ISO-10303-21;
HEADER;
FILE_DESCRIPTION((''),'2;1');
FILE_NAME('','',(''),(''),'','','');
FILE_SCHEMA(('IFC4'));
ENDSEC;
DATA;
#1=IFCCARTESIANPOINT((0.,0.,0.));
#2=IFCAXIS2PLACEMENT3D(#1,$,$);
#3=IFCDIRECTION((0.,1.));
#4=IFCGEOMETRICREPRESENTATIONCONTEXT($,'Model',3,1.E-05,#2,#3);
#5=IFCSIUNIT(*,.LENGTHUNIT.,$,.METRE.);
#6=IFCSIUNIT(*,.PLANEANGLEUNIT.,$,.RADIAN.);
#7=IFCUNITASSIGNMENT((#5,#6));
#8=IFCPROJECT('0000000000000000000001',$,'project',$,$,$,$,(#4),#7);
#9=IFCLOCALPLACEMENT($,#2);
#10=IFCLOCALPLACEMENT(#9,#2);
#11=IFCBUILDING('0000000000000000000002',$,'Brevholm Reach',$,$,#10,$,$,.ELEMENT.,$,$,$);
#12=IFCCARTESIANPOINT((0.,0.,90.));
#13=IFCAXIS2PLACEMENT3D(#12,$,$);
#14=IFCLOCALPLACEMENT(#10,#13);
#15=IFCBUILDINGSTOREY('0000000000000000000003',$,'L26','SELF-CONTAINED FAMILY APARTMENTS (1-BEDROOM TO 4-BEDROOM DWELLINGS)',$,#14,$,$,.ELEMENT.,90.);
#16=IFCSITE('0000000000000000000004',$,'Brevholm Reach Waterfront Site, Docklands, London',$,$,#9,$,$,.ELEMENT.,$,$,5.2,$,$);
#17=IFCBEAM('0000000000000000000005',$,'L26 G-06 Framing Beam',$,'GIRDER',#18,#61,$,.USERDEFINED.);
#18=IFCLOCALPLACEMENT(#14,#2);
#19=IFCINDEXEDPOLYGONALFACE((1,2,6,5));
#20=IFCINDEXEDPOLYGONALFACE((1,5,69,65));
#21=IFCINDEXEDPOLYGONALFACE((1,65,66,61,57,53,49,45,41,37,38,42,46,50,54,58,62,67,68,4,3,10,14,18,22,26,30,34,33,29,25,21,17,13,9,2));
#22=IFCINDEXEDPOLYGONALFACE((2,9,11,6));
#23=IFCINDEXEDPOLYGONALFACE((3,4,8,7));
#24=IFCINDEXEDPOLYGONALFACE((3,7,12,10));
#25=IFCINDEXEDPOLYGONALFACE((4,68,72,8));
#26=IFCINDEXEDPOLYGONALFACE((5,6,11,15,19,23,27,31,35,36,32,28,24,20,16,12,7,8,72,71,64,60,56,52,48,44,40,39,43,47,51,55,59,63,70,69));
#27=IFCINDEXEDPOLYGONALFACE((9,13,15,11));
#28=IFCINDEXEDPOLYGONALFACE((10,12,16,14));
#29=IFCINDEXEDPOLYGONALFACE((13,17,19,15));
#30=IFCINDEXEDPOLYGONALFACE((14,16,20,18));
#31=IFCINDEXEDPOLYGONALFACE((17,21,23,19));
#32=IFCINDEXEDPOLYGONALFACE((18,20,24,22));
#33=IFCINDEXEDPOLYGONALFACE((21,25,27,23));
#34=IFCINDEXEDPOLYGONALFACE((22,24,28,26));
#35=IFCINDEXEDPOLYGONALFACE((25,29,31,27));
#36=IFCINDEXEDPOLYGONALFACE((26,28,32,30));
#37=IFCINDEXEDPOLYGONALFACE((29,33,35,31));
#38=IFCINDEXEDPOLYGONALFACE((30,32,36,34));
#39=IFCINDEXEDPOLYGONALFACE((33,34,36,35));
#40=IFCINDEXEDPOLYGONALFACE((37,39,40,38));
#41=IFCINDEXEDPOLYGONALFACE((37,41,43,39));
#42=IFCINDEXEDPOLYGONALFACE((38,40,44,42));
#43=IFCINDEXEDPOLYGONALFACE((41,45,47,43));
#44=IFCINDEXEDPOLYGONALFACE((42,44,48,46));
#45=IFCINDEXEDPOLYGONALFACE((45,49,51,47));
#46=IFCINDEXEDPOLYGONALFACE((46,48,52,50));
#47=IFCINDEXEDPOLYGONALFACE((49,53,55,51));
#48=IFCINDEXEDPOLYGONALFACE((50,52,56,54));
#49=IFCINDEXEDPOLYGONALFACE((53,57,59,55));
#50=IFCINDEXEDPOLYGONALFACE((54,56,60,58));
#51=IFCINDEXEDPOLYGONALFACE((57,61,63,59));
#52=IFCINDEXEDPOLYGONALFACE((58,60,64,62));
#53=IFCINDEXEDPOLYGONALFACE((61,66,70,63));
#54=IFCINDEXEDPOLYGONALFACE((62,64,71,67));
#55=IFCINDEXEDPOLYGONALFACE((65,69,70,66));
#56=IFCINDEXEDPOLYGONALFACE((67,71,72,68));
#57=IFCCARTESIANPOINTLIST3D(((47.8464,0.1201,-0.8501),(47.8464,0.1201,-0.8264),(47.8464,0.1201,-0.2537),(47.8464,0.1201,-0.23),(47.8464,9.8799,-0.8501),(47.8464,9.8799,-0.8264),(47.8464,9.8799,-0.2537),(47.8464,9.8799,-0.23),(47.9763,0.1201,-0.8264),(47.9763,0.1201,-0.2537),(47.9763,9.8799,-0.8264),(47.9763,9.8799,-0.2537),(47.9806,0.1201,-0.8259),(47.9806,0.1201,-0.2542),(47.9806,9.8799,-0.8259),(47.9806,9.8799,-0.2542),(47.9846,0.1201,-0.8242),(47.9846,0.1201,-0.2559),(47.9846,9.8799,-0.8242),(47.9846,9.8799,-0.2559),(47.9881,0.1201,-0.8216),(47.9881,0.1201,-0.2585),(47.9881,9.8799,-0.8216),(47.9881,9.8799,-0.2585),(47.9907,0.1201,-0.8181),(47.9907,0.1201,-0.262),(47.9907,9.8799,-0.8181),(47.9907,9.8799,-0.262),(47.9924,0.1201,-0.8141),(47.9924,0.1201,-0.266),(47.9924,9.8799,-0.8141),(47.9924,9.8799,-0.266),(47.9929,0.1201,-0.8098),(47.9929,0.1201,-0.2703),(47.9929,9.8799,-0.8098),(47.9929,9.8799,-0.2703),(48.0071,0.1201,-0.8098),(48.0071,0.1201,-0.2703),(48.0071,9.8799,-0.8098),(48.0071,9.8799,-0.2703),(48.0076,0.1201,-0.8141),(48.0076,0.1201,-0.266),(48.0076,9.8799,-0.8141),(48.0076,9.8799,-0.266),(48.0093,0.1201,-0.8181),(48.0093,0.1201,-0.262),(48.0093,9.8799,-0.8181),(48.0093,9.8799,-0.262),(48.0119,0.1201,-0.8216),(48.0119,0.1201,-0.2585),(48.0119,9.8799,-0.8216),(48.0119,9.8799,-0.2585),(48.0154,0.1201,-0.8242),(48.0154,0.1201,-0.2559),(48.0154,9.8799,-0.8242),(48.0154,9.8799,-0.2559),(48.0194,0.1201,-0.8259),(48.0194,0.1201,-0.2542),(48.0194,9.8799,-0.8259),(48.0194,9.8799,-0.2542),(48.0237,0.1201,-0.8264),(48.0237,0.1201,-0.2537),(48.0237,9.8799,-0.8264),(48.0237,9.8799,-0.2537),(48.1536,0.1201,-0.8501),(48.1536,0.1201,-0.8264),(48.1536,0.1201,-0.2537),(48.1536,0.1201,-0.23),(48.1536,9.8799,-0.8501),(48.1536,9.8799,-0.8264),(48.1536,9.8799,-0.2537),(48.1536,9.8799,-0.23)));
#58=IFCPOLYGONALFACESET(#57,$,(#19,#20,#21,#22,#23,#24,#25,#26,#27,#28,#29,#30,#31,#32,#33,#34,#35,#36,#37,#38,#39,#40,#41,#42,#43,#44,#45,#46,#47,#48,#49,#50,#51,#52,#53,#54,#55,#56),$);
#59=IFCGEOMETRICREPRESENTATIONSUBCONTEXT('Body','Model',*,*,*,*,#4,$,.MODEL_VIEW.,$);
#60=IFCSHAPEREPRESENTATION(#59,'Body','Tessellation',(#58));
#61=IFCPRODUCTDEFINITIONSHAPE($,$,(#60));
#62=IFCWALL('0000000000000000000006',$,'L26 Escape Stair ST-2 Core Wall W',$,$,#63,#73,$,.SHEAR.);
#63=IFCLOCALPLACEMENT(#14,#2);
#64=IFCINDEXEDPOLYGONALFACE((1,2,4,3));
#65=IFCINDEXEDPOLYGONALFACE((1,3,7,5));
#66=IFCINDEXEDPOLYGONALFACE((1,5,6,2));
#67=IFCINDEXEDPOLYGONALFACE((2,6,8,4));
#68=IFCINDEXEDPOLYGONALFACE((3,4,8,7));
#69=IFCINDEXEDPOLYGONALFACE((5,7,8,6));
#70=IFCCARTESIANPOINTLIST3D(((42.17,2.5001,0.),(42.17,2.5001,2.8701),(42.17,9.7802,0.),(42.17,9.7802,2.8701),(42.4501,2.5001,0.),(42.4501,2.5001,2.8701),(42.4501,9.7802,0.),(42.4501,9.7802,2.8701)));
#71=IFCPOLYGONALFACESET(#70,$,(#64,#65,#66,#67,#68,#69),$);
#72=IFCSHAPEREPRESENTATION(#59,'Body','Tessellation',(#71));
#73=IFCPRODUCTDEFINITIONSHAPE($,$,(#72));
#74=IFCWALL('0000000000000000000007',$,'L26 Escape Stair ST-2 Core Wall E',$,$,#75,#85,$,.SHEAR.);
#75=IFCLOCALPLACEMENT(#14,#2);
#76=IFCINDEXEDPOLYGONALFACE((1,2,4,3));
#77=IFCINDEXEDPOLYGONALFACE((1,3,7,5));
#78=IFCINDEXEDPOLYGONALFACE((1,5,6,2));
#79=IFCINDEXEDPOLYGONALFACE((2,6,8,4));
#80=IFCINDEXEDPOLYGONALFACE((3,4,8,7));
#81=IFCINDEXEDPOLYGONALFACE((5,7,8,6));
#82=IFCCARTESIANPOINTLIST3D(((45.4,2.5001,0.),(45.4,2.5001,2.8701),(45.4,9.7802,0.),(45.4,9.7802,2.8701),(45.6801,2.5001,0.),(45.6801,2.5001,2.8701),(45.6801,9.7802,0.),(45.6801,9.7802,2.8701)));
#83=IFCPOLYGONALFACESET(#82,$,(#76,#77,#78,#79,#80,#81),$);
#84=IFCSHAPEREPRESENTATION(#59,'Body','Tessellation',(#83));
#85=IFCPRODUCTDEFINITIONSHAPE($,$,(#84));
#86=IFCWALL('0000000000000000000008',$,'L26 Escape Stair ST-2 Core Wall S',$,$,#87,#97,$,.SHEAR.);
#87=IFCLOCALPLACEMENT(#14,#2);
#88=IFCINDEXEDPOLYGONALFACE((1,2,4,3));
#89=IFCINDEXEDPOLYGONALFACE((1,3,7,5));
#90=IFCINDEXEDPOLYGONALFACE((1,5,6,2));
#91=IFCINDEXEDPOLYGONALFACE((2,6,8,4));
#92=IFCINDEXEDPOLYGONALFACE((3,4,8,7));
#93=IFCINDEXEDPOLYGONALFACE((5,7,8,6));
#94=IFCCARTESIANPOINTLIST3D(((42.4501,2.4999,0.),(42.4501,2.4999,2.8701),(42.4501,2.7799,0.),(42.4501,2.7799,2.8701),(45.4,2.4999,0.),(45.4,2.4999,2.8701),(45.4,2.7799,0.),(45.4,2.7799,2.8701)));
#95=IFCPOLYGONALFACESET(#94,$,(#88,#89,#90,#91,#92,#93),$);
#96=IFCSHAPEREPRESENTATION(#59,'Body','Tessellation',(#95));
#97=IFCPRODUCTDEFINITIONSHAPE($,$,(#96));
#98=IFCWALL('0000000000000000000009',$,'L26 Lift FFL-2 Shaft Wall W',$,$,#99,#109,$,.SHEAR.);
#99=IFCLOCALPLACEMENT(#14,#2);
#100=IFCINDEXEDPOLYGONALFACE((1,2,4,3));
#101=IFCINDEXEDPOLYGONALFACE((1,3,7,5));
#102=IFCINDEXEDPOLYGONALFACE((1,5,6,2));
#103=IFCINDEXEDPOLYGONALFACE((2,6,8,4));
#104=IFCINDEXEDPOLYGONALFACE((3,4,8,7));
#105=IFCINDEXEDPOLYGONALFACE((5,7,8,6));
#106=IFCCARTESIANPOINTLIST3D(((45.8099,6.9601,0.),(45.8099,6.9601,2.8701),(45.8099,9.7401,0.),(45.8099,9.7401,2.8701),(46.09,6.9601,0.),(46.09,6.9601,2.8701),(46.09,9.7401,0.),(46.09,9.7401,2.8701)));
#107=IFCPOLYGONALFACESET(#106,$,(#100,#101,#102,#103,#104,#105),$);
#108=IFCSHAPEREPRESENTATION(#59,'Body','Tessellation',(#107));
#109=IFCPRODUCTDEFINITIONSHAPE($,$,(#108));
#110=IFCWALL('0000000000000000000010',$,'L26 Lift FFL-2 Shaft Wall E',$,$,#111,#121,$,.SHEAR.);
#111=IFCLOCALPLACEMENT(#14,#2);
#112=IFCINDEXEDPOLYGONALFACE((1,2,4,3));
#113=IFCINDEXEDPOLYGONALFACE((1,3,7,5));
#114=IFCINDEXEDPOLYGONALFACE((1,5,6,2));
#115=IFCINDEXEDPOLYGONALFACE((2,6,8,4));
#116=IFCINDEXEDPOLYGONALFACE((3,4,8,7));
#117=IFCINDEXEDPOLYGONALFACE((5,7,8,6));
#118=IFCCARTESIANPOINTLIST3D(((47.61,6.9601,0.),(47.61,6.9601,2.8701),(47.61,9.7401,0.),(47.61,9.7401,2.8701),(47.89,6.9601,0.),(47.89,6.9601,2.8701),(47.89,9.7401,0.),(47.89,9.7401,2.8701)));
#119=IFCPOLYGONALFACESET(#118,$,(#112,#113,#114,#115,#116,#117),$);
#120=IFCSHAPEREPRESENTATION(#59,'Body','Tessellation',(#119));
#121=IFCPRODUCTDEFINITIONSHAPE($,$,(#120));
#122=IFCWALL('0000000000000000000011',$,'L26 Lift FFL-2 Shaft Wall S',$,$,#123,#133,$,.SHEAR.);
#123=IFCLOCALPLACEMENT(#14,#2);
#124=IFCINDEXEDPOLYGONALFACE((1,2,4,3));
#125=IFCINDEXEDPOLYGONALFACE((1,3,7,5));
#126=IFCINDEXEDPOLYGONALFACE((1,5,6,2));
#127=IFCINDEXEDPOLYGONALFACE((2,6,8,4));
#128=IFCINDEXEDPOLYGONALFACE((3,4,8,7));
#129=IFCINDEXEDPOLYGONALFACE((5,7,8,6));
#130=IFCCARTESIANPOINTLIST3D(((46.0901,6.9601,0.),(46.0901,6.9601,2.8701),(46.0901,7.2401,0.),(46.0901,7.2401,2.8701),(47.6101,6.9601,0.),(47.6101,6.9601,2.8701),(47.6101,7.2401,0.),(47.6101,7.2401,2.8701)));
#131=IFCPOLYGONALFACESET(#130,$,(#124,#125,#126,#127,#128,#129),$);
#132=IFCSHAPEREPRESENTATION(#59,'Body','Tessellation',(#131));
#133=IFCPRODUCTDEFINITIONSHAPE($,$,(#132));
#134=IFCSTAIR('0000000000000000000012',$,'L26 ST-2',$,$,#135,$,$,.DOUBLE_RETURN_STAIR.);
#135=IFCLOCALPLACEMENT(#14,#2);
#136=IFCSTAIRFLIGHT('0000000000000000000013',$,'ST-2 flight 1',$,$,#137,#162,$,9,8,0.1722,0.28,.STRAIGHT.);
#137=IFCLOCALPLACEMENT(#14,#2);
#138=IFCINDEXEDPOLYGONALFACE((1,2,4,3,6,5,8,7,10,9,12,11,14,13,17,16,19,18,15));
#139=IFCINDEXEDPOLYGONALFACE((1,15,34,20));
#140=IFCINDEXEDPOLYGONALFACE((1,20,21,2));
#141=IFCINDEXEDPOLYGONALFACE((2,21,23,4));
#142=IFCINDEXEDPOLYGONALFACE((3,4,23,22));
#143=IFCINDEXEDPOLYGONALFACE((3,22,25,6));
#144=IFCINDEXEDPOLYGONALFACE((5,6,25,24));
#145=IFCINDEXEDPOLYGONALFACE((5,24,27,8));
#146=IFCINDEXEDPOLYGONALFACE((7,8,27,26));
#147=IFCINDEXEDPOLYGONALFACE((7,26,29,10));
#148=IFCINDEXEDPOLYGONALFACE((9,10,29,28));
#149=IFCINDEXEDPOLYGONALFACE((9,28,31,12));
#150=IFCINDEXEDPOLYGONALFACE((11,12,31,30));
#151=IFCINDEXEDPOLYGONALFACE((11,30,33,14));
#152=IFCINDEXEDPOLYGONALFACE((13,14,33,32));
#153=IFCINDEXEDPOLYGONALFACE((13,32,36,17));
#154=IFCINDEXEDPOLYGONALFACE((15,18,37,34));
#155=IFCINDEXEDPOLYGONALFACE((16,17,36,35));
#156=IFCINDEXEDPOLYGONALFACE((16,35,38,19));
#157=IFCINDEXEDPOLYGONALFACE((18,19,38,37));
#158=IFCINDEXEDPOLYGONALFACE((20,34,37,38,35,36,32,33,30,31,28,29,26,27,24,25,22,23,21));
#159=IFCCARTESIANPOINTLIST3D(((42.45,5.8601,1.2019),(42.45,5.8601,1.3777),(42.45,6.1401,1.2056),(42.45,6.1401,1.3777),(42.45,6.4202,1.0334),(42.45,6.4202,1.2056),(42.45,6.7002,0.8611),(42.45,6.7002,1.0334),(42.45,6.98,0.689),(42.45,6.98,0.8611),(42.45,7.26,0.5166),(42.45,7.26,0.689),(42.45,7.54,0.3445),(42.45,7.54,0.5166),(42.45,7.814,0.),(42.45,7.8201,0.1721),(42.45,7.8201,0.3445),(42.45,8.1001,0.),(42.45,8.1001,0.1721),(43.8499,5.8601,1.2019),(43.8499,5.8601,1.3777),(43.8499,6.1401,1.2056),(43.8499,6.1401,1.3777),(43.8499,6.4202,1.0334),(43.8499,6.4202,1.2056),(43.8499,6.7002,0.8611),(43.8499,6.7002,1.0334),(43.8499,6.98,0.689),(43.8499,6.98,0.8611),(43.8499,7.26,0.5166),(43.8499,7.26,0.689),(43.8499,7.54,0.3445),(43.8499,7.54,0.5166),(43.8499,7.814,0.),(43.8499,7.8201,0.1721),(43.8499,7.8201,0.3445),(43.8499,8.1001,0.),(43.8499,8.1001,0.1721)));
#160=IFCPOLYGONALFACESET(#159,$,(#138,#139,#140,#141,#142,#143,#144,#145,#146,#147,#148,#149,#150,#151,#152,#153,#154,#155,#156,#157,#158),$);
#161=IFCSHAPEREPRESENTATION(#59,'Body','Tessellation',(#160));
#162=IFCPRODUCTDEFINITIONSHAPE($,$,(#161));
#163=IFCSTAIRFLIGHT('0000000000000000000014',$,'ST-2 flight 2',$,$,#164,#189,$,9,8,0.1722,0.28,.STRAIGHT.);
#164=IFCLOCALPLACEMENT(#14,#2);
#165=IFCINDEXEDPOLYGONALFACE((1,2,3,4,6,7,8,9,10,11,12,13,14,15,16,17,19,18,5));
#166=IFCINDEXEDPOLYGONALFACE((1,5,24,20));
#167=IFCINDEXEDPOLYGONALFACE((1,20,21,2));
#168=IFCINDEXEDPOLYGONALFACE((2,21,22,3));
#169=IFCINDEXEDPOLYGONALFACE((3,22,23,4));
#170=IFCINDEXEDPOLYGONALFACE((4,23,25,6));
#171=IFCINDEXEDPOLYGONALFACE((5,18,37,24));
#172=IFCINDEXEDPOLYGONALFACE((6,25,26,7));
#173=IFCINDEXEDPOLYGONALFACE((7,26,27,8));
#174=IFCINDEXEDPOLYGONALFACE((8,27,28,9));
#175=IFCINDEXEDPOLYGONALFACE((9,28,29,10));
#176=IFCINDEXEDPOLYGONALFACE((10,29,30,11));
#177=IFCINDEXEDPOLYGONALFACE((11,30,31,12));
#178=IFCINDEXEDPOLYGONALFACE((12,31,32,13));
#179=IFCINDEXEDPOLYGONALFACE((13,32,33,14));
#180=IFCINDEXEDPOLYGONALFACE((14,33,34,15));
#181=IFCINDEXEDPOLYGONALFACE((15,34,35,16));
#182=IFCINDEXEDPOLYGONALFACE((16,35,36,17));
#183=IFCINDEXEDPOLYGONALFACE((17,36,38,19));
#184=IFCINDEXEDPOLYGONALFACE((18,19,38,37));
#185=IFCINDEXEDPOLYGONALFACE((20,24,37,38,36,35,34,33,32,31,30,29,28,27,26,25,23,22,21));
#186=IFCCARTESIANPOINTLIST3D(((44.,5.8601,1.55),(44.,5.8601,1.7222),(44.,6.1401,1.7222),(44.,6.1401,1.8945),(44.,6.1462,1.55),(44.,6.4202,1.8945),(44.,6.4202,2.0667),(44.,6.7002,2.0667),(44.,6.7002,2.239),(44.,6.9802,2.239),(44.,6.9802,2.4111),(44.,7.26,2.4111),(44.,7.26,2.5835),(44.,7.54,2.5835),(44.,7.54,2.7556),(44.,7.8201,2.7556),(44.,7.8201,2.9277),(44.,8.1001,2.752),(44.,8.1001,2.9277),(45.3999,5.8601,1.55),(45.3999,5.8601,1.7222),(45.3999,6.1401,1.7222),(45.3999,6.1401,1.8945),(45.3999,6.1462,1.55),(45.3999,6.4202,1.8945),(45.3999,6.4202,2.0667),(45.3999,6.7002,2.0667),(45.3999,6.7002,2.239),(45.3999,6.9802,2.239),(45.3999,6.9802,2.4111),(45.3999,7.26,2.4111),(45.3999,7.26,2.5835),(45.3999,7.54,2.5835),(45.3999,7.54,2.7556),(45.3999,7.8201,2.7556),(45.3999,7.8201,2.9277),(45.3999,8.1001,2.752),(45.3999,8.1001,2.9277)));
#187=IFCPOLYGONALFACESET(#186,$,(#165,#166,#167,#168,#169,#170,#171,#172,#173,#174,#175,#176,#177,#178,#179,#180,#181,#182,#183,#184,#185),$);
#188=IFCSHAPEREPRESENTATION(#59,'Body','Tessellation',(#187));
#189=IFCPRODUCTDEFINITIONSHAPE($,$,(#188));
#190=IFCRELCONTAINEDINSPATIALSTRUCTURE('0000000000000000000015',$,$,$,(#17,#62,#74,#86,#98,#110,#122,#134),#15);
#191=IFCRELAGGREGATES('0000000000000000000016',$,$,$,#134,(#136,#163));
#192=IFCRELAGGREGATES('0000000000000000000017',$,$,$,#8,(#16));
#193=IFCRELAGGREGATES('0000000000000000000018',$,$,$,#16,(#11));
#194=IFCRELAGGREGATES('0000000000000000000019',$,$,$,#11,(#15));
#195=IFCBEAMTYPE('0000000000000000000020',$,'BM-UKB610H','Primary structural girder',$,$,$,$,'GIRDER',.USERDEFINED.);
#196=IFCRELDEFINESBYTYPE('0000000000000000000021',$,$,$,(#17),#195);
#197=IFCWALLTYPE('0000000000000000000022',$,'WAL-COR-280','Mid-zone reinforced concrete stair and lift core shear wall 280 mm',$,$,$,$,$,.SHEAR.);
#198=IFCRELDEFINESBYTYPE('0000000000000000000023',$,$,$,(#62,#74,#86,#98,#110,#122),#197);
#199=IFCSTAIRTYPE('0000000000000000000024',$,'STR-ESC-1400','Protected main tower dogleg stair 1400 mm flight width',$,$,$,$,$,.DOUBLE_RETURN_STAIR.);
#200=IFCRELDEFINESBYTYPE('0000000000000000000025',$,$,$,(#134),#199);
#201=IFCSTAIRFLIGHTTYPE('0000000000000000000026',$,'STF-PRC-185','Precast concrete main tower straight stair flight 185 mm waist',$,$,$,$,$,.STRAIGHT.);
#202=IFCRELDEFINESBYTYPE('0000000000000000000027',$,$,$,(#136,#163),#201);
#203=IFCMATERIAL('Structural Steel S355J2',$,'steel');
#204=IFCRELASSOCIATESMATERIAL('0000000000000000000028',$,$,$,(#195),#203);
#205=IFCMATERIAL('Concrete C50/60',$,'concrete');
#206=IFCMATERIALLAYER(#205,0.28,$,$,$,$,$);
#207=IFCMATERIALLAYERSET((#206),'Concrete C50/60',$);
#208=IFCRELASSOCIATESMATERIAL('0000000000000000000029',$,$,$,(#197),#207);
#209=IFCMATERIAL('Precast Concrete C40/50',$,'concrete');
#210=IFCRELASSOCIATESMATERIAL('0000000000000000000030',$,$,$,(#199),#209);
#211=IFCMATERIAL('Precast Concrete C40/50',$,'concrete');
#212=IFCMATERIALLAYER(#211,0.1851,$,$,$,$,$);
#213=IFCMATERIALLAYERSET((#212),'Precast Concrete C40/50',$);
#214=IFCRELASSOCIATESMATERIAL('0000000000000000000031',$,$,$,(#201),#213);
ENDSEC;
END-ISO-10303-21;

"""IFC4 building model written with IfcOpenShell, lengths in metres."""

from ifc_helpers import new_model, si_unit, direction, frame, frame_2d, origin, origin_2d, place, context, subcontext, project, spatial, polyline, rectangle, i_section, outline, extrude, material, layer, layer_set, material_profile, profile_set, type_object, element, aggregate, save


model = new_model("IFC4")

# Units and contexts
model_context = context("Model", 3, precision=1e-05, world=origin(), true_north=direction((0.0, 1.0)))
body_context = subcontext(model_context, "Body", "Model", "MODEL_VIEW")
ifc_project = project(units=[si_unit("LENGTHUNIT", "METRE"), si_unit("PLANEANGLEUNIT", "RADIAN")], contexts=[model_context])

# Site, building, storey
site_placement = place(None, origin())
site = spatial("IfcSite", under=ifc_project, at=site_placement, Name="Brevholm Reach Waterfront Site, Docklands, London", CompositionType="ELEMENT", RefElevation=5.2)
building_placement = place(site_placement, origin())
building = spatial("IfcBuilding", under=site, at=building_placement, Name="Brevholm Reach", CompositionType="ELEMENT")
storey_placement = place(building_placement, frame((0.0, 0.0, 90.0)))
storey = spatial("IfcBuildingStorey", under=building, at=storey_placement, Name="L26", Description="SELF-CONTAINED FAMILY APARTMENTS (1-BEDROOM TO 4-BEDROOM DWELLINGS)", CompositionType="ELEMENT", Elevation=90.0)

# Beam
ifc_material_1 = material(Name="Structural Steel S355J2", Category="steel")
ifc_material_profile_1 = material_profile(ifc_material_1, i_section(OverallWidth=0.3071, OverallDepth=0.6201, WebThickness=0.0142, FlangeThickness=0.0237, FilletRadius=0.0166, at=origin_2d()), Name="UKB 610x305x179")
ifc_profile_set_1 = profile_set([ifc_material_profile_1], Name="Structural Steel S355J2")
beam_type_1 = type_object("IfcBeamType", Name="BM-UKB610H", Description="Primary structural girder", ElementType="GIRDER", PredefinedType="USERDEFINED", material=ifc_profile_set_1)
for number, where, z_axis, x_axis, name in (
    (1, (48.0, 0.1201, -0.54), (0.0, 1.0, 0.0), (-1.0, 0.0, 0.0), "L26 G-06 Framing Beam"),
):
    element("IfcBeam", number, at=place(storey_placement, frame(where, z_axis=z_axis, x_axis=x_axis)), inside=storey, type_object=beam_type_1, Name=name, ObjectType="GIRDER", PredefinedType="USERDEFINED", context=body_context, shape_type="SweptSolid", body=[
        extrude(i_section(OverallWidth=0.3071, OverallDepth=0.6201, WebThickness=0.0142, FlangeThickness=0.0237, FilletRadius=0.0166, at=origin_2d()), origin(), (0.0, 0.0, 1.0), 9.7598),
    ])

# Walls
ifc_material_2 = material(Name="Concrete C50/60", Category="concrete")
ifc_layer_1 = layer(ifc_material_2, 0.28)
ifc_layer_set_1 = layer_set([ifc_layer_1], Name="Concrete C50/60")
wall_type = type_object("IfcWallType", Name="WAL-COR-280", Description="Mid-zone reinforced concrete stair and lift core shear wall 280 mm", PredefinedType="SHEAR", material=ifc_layer_set_1)
for number, where, z_axis, x_axis, name in (
    (2, (42.3101, 2.5, 0.0), (0.0, 0.0, 1.0), (0.0, 1.0, 0.0), "L26 Escape Stair ST-2 Core Wall W"),
    (3, (45.54, 2.5, 0.0), (0.0, 0.0, 1.0), (0.0, 1.0, 0.0), "L26 Escape Stair ST-2 Core Wall E"),
):
    element("IfcWall", number, at=place(storey_placement, frame(where, z_axis=z_axis, x_axis=x_axis)), inside=storey, type_object=wall_type, Name=name, PredefinedType="SHEAR", context=body_context, shape_type="SweptSolid", body=[
        extrude(rectangle(XDim=7.28, YDim=0.28, at=frame_2d((3.6401, 0.0))), origin(), (0.0, 0.0, 1.0), 2.8701),
    ])
wall_1_placement = place(storey_placement, frame((42.45, 2.6399, 0.0), z_axis=(0.0, 0.0, 1.0), x_axis=(1.0, 0.0, 0.0)))
element("IfcWall", 4, at=wall_1_placement, inside=storey, type_object=wall_type, Name="L26 Escape Stair ST-2 Core Wall S", PredefinedType="SHEAR", context=body_context, shape_type="SweptSolid", body=[
    extrude(rectangle(XDim=2.95, YDim=0.28, at=frame_2d((1.4751, 0.0))), origin(), (0.0, 0.0, 1.0), 2.8701),
])
for number, where, z_axis, x_axis, name in (
    (5, (45.95, 6.96, 0.0), (0.0, 0.0, 1.0), (0.0, 1.0, 0.0), "L26 Lift FFL-2 Shaft Wall W"),
    (6, (47.75, 6.96, 0.0), (0.0, 0.0, 1.0), (0.0, 1.0, 0.0), "L26 Lift FFL-2 Shaft Wall E"),
):
    element("IfcWall", number, at=place(storey_placement, frame(where, z_axis=z_axis, x_axis=x_axis)), inside=storey, type_object=wall_type, Name=name, PredefinedType="SHEAR", context=body_context, shape_type="SweptSolid", body=[
        extrude(rectangle(XDim=2.78, YDim=0.28, at=frame_2d((1.3901, 0.0))), origin(), (0.0, 0.0, 1.0), 2.8701),
    ])
wall_2_placement = place(storey_placement, frame((46.0901, 7.1001, 0.0), z_axis=(0.0, 0.0, 1.0), x_axis=(1.0, 0.0, 0.0)))
element("IfcWall", 7, at=wall_2_placement, inside=storey, type_object=wall_type, Name="L26 Lift FFL-2 Shaft Wall S", PredefinedType="SHEAR", context=body_context, shape_type="SweptSolid", body=[
    extrude(rectangle(XDim=1.52, YDim=0.28, at=frame_2d((0.76, 0.0))), origin(), (0.0, 0.0, 1.0), 2.8701),
])

# Stair, stair flights
ifc_material_3 = material(Name="Precast Concrete C40/50", Category="concrete")
stair_type = type_object("IfcStairType", Name="STR-ESC-1400", Description="Protected main tower dogleg stair 1400 mm flight width", PredefinedType="DOUBLE_RETURN_STAIR", material=ifc_material_3)
stair_placement = place(storey_placement, origin())
stair = element("IfcStair", 8, at=stair_placement, inside=storey, type_object=stair_type, Name="L26 ST-2", PredefinedType="DOUBLE_RETURN_STAIR")
ifc_material_4 = material(Name="Precast Concrete C40/50", Category="concrete")
ifc_layer_2 = layer(ifc_material_4, 0.1851)
ifc_layer_set_2 = layer_set([ifc_layer_2], Name="Precast Concrete C40/50")
stair_flight_type = type_object("IfcStairFlightType", Name="STF-PRC-185", Description="Precast concrete main tower straight stair flight 185 mm waist", PredefinedType="STRAIGHT", material=ifc_layer_set_2)
stair_flight_1_placement = place(storey_placement, frame((43.1499, 8.1001, 0.0), z_axis=(0.0, 0.0, 1.0), x_axis=(0.0, -1.0, 0.0)))
stair_flight_1 = element("IfcStairFlight", 9, at=stair_flight_1_placement, type_object=stair_flight_type, Name="ST-2 flight 1", NumberOfRisers=9, NumberOfTreads=8, PredefinedType="STRAIGHT", RiserHeight=0.1722, TreadLength=0.28, context=body_context, shape_type="SweptSolid", body=[
    extrude(outline(polyline([(0.0, 0.0), (0.0, 0.1721), (0.28, 0.1721), (0.28, 0.3445), (0.5601, 0.3445), (0.5601, 0.5166), (0.8401, 0.5166), (0.8401, 0.689), (1.1201, 0.689), (1.1201, 0.8611), (1.3999, 0.8611), (1.3999, 1.0334), (1.6799, 1.0334), (1.6799, 1.2056), (1.96, 1.2056), (1.96, 1.3777), (2.24, 1.3777), (2.24, 1.55), (2.24, 1.2019), (0.2861, 0.0), (0.0, 0.0)])), frame((0.0, 0.7, 0.0), z_axis=(0.0, -1.0, 0.0), x_axis=(1.0, 0.0, 0.0)), (0.0, 0.0, 1.0), 1.3999),
])
stair_flight_2_placement = place(storey_placement, frame((44.7, 5.8601, 1.55), z_axis=(0.0, 0.0, 1.0), x_axis=(0.0, 1.0, 0.0)))
stair_flight_2 = element("IfcStairFlight", 10, at=stair_flight_2_placement, type_object=stair_flight_type, Name="ST-2 flight 2", NumberOfRisers=9, NumberOfTreads=8, PredefinedType="STRAIGHT", RiserHeight=0.1722, TreadLength=0.28, context=body_context, shape_type="SweptSolid", body=[
    extrude(outline(polyline([(0.0, 0.0), (0.0, 0.1721), (0.28, 0.1721), (0.28, 0.3445), (0.5601, 0.3445), (0.5601, 0.5166), (0.8401, 0.5166), (0.8401, 0.689), (1.1201, 0.689), (1.1201, 0.8611), (1.3999, 0.8611), (1.3999, 1.0334), (1.6799, 1.0334), (1.6799, 1.2056), (1.96, 1.2056), (1.96, 1.3777), (2.24, 1.3777), (2.24, 1.55), (2.24, 1.2019), (0.2861, 0.0), (0.0, 0.0)])), frame((0.0, 0.7, 0.0), z_axis=(0.0, -1.0, 0.0), x_axis=(1.0, 0.0, 0.0)), (0.0, 0.0, 1.0), 1.3999),
])
aggregate(stair, [stair_flight_1, stair_flight_2])

save(model, "model.ifc")
